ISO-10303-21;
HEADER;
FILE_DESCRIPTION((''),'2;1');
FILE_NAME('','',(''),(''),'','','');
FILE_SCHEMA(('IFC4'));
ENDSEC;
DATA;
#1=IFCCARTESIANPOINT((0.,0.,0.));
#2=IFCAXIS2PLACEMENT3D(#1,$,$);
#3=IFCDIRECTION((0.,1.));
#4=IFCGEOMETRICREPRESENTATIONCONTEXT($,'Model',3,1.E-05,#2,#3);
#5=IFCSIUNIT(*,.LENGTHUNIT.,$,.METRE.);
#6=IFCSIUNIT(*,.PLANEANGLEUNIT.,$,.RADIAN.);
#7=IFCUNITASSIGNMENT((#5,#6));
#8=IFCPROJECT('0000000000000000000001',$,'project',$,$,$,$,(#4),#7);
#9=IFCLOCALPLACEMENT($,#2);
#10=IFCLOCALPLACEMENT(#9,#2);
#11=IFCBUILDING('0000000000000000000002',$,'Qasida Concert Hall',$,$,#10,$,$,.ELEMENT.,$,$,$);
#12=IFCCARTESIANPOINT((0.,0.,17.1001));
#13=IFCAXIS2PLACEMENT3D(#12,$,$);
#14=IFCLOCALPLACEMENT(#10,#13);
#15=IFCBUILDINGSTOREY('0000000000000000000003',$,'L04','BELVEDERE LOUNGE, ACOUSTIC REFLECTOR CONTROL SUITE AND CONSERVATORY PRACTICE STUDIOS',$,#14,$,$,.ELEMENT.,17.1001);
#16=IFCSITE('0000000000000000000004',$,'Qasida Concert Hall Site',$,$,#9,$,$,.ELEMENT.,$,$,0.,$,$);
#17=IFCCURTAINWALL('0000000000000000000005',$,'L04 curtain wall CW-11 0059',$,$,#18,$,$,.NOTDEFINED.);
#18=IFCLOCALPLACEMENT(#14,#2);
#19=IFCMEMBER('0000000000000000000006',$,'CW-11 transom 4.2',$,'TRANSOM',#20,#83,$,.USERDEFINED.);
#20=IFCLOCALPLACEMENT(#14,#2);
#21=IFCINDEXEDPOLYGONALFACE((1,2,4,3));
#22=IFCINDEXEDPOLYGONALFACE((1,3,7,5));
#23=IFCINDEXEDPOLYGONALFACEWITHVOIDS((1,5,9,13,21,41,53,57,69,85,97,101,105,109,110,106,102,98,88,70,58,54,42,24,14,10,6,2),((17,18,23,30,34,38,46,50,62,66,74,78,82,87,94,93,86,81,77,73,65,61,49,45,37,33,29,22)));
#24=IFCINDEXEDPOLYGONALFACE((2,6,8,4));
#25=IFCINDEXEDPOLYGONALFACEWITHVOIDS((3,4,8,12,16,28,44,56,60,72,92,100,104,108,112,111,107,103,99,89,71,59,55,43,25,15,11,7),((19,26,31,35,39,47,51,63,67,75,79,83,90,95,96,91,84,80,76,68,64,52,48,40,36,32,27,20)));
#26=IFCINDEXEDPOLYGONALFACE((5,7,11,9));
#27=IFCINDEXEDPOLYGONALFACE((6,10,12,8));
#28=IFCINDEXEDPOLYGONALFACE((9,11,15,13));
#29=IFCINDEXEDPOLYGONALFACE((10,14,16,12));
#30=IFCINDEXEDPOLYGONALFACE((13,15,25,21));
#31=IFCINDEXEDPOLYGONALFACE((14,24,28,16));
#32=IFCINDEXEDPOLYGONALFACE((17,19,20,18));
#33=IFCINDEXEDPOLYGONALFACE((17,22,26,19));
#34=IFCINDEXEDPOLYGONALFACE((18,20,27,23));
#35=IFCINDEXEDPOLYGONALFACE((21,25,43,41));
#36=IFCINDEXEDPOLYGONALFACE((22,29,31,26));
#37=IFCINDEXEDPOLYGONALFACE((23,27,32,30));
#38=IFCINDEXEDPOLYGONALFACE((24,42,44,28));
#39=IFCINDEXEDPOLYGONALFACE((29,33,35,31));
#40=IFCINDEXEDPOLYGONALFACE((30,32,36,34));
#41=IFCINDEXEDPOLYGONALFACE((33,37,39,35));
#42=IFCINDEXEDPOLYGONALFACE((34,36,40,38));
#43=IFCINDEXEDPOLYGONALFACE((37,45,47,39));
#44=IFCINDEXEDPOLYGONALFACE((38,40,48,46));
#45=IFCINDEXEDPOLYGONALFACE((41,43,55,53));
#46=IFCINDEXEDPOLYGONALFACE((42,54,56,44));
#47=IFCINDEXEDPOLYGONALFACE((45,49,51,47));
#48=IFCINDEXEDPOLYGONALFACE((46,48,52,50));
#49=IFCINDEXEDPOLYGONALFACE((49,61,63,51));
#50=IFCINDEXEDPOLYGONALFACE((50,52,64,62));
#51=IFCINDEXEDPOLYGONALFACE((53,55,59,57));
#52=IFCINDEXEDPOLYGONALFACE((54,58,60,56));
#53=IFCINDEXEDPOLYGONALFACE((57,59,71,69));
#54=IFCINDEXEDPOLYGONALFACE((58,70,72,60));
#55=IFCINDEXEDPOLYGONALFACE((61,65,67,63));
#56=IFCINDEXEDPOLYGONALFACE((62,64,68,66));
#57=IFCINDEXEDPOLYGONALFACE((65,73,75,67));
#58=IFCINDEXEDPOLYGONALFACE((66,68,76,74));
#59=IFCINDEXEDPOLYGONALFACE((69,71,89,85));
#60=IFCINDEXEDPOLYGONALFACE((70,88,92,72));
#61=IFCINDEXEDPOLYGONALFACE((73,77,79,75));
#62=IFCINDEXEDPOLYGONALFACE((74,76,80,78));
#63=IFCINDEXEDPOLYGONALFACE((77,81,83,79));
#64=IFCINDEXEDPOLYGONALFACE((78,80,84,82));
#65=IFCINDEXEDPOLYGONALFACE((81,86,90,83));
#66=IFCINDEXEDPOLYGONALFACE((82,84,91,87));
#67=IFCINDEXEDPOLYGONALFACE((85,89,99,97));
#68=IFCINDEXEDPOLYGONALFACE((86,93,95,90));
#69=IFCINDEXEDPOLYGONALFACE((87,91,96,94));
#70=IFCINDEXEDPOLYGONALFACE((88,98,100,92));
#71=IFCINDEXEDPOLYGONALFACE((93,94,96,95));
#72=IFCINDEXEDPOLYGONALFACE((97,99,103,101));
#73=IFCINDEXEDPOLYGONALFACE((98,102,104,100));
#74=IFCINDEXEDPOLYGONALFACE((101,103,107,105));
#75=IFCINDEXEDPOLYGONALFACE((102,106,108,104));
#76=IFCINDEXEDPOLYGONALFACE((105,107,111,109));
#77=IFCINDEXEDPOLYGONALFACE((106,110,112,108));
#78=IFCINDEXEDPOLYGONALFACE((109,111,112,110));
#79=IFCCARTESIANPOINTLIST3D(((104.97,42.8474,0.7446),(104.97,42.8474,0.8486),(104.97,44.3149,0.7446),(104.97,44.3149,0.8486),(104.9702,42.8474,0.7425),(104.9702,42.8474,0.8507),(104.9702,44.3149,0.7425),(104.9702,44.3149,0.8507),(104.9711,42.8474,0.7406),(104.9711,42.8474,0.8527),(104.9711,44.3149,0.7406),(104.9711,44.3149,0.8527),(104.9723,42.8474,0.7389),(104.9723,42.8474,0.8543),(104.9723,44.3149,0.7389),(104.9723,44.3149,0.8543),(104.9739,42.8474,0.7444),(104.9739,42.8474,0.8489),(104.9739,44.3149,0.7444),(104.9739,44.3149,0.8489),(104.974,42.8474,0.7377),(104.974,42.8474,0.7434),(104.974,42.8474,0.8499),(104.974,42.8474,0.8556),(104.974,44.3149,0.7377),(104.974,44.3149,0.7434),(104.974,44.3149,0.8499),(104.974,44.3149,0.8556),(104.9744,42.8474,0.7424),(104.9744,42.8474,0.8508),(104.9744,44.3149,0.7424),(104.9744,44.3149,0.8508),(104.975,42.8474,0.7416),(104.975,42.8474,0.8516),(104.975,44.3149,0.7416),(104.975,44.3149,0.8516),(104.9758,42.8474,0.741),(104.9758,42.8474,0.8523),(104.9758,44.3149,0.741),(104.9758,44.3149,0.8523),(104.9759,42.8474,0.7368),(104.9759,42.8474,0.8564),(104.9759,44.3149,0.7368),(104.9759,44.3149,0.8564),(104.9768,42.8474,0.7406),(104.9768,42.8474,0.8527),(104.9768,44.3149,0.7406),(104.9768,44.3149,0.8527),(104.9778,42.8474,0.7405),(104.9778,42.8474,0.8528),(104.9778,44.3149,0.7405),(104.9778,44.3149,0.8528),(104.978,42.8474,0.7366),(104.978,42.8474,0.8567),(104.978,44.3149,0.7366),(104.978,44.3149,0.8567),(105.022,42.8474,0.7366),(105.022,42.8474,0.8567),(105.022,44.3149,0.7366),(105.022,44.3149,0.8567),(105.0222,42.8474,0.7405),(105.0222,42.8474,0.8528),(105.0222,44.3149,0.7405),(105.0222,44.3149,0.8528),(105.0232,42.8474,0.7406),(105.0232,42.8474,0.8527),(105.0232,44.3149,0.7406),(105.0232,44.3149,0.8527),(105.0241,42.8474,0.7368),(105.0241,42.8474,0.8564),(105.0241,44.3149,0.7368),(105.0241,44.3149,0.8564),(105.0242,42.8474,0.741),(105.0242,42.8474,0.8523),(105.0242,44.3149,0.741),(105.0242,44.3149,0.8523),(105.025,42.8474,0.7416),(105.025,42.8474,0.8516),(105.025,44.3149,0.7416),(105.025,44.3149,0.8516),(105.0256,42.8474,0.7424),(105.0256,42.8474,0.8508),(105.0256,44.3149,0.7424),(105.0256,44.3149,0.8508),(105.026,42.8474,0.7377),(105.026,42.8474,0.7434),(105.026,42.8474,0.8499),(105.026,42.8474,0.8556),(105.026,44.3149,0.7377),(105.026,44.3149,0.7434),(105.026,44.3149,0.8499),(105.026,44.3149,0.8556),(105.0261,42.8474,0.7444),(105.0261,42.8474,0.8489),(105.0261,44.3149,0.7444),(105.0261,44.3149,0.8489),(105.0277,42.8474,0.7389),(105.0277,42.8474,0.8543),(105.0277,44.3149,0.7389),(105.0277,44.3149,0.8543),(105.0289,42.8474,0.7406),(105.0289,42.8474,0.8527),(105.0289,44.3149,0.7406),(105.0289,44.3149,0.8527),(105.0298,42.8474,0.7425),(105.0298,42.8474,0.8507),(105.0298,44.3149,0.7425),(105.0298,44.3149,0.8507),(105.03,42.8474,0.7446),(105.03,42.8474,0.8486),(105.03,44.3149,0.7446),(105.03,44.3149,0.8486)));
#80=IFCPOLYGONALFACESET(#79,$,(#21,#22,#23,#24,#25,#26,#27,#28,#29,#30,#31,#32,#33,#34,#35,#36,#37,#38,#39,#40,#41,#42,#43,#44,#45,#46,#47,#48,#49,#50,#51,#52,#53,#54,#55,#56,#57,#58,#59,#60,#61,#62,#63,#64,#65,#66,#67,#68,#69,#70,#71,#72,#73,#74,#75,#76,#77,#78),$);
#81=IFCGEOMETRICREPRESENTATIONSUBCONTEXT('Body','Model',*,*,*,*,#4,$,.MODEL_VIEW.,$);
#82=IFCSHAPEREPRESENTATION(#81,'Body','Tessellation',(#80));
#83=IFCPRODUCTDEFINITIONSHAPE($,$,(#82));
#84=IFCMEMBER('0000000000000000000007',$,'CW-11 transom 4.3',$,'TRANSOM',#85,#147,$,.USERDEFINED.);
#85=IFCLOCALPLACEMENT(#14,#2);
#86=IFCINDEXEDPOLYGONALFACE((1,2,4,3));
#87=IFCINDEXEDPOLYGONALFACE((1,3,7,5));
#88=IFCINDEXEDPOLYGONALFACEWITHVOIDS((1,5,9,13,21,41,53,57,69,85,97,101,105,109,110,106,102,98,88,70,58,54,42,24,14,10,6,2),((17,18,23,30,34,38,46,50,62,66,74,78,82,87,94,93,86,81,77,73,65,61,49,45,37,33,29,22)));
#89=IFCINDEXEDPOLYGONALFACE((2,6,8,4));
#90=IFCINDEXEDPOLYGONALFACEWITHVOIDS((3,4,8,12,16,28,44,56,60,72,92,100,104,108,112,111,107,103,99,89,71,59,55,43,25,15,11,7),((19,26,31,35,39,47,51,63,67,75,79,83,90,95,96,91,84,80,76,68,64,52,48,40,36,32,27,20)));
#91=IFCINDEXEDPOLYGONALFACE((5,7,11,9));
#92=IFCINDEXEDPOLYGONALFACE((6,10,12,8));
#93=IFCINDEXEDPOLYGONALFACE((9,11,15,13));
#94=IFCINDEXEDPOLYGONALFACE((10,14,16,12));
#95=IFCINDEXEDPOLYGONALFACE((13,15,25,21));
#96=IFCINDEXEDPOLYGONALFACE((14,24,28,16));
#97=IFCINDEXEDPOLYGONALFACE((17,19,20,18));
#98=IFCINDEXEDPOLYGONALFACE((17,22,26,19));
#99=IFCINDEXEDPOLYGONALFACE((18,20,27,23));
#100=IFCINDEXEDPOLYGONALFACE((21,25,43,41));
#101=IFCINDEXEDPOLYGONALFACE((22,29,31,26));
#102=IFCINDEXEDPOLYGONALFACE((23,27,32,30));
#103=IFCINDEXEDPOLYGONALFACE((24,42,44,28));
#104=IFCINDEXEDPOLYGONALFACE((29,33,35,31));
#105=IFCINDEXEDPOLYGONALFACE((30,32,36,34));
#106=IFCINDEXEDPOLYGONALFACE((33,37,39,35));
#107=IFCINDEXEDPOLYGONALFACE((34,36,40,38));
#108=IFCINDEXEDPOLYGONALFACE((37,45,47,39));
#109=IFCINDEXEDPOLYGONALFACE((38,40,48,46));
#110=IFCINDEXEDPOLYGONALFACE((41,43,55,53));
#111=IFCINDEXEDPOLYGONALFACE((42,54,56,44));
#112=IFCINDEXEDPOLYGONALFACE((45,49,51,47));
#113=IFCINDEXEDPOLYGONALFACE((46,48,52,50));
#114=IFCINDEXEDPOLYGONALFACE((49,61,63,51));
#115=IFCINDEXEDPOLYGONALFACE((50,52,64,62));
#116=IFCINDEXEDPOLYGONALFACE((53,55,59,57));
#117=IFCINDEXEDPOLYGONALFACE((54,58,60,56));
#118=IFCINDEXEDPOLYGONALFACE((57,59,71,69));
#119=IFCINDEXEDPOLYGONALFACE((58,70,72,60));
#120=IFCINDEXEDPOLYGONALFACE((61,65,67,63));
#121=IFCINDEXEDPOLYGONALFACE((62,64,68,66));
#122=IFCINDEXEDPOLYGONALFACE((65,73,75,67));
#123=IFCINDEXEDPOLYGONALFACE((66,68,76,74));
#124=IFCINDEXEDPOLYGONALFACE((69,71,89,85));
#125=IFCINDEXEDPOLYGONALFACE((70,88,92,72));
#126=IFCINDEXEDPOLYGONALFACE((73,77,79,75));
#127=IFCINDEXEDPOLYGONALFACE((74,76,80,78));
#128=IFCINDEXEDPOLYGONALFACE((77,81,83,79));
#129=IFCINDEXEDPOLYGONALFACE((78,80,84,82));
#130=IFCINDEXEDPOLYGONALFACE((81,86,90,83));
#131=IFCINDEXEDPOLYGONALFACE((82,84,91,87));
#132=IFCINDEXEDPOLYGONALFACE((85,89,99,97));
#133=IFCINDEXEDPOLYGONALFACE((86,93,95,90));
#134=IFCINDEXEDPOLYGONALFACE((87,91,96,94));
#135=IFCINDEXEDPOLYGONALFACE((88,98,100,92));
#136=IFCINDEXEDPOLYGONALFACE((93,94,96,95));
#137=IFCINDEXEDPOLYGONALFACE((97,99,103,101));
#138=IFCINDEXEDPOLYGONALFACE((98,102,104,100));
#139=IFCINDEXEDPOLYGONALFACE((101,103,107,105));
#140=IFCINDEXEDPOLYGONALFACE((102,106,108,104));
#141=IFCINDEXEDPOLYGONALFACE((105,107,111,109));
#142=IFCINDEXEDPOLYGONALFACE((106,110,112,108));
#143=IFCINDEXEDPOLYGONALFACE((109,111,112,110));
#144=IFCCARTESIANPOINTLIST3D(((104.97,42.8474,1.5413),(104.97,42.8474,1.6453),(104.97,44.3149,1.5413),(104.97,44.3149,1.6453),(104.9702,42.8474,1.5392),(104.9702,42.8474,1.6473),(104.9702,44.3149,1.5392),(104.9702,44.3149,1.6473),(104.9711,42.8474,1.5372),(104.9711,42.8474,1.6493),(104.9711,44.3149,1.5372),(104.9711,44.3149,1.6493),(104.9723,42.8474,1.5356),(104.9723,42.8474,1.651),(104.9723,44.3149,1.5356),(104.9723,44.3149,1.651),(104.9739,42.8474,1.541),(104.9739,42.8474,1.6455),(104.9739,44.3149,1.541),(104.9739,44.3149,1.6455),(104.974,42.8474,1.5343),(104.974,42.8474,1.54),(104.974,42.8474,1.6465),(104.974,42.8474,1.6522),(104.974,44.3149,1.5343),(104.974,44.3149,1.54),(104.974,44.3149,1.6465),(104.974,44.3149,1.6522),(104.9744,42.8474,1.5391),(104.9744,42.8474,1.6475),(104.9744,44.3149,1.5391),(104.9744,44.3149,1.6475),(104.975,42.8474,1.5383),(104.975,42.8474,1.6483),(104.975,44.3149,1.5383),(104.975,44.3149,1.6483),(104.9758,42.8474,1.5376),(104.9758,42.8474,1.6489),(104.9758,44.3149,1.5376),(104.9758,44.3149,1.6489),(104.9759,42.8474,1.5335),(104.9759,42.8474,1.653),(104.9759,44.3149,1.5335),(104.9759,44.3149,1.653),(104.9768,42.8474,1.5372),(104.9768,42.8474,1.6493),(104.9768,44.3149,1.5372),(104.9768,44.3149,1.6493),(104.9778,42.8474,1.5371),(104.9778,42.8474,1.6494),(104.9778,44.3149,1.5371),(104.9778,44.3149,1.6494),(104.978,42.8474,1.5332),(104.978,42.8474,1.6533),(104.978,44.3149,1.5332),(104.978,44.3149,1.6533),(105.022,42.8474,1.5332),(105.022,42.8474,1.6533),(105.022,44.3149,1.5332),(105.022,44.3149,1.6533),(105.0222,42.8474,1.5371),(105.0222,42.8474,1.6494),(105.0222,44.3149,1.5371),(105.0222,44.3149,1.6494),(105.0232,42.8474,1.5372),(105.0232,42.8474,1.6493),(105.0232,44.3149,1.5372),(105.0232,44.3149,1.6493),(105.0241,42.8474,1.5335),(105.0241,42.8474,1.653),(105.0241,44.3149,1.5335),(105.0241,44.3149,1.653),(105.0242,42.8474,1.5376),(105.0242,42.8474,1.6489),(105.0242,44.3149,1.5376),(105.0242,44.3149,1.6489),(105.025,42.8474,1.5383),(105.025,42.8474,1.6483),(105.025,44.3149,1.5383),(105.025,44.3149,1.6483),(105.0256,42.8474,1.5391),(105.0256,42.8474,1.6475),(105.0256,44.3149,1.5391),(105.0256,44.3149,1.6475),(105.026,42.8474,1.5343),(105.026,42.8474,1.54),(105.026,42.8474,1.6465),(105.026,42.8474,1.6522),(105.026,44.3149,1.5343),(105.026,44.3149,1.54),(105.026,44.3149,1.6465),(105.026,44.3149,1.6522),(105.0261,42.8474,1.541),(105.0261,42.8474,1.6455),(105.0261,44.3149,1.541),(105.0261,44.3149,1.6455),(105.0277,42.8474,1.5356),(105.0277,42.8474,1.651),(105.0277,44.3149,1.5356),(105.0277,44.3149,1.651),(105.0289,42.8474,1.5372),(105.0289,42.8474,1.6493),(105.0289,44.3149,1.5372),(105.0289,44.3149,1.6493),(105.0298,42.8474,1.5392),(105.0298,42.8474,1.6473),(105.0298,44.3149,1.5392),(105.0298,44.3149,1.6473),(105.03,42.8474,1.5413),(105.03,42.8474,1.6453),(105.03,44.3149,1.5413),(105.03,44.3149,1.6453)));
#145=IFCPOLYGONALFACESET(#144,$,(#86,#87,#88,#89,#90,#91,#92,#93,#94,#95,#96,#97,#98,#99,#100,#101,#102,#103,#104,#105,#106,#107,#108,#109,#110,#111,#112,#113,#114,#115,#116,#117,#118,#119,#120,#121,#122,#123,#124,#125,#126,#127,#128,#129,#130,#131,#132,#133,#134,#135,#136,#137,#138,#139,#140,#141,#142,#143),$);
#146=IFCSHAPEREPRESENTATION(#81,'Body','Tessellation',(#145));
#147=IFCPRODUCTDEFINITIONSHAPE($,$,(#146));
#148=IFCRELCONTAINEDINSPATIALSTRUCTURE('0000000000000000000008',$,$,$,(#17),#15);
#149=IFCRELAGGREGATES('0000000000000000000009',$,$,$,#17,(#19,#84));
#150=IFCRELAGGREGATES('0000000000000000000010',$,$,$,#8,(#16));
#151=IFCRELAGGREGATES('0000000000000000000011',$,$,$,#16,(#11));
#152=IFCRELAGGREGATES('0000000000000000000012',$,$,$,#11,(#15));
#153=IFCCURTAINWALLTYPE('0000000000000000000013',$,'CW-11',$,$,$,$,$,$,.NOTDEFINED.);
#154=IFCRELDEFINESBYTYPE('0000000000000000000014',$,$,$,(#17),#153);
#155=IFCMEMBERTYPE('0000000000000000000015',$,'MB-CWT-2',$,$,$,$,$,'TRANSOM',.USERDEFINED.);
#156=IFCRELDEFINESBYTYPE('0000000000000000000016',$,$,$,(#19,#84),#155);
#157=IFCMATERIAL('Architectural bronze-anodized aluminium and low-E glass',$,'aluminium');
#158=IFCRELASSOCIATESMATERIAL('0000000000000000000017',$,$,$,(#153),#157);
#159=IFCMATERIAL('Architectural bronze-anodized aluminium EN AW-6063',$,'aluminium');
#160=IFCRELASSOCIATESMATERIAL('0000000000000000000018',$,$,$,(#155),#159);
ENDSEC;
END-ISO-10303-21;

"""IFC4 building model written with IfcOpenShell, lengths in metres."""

from ifc_helpers import new_model, si_unit, direction, frame, origin, origin_2d, place, context, subcontext, project, spatial, hollow_rectangle, extrude, material, material_profile, profile_set, type_object, element, aggregate, save


model = new_model("IFC4")

# Units and contexts
model_context = context("Model", 3, precision=1e-05, world=origin(), true_north=direction((0.0, 1.0)))
body_context = subcontext(model_context, "Body", "Model", "MODEL_VIEW")
ifc_project = project(units=[si_unit("LENGTHUNIT", "METRE"), si_unit("PLANEANGLEUNIT", "RADIAN")], contexts=[model_context])

# Site, building, storey
site_placement = place(None, origin())
site = spatial("IfcSite", under=ifc_project, at=site_placement, Name="Qasida Concert Hall Site", CompositionType="ELEMENT", RefElevation=0.0)
building_placement = place(site_placement, origin())
building = spatial("IfcBuilding", under=site, at=building_placement, Name="Qasida Concert Hall", CompositionType="ELEMENT")
storey_placement = place(building_placement, frame((0.0, 0.0, 17.1001)))
storey = spatial("IfcBuildingStorey", under=building, at=storey_placement, Name="L04", Description="BELVEDERE LOUNGE, ACOUSTIC REFLECTOR CONTROL SUITE AND CONSERVATORY PRACTICE STUDIOS", CompositionType="ELEMENT", Elevation=17.1001)

# Curtain wall, members
ifc_material_1 = material(Name="Architectural bronze-anodized aluminium and low-E glass", Category="aluminium")
curtain_wall_type = type_object("IfcCurtainWallType", Name="CW-11", PredefinedType="NOTDEFINED", material=ifc_material_1)
curtain_wall_placement = place(storey_placement, origin())
curtain_wall = element("IfcCurtainWall", 1, at=curtain_wall_placement, inside=storey, type_object=curtain_wall_type, Name="L04 curtain wall CW-11 0059", PredefinedType="NOTDEFINED")
ifc_material_2 = material(Name="Architectural bronze-anodized aluminium EN AW-6063", Category="aluminium")
ifc_material_profile_1 = material_profile(ifc_material_2, hollow_rectangle(XDim=0.0601, YDim=0.1201, WallThickness=0.0039, InnerFilletRadius=0.0039, OuterFilletRadius=0.0081, at=origin_2d()), Name="CWT 120x60x4")
ifc_profile_set_1 = profile_set([ifc_material_profile_1], Name="Architectural bronze-anodized aluminium EN AW-6063")
member_type_1 = type_object("IfcMemberType", Name="MB-CWT-2", ElementType="TRANSOM", PredefinedType="USERDEFINED", material=ifc_profile_set_1)
member_1_placement = place(storey_placement, frame((105.0, 42.8474, 0.7966), z_axis=(0.0, 1.0, 0.0), x_axis=(-1.0, 0.0, 0.0)))
member_1 = element("IfcMember", 2, at=member_1_placement, type_object=member_type_1, Name="CW-11 transom 4.2", ObjectType="TRANSOM", PredefinedType="USERDEFINED", context=body_context, shape_type="SweptSolid", body=[
    extrude(hollow_rectangle(XDim=0.0601, YDim=0.1201, WallThickness=0.0039, InnerFilletRadius=0.0039, OuterFilletRadius=0.0081, at=origin_2d()), origin(), (0.0, 0.0, 1.0), 1.4675),
])
member_2_placement = place(storey_placement, frame((105.0, 42.8474, 1.5933), z_axis=(0.0, 1.0, 0.0), x_axis=(-1.0, 0.0, 0.0)))
member_2 = element("IfcMember", 3, at=member_2_placement, type_object=member_type_1, Name="CW-11 transom 4.3", ObjectType="TRANSOM", PredefinedType="USERDEFINED", context=body_context, shape_type="SweptSolid", body=[
    extrude(hollow_rectangle(XDim=0.0601, YDim=0.1201, WallThickness=0.0039, InnerFilletRadius=0.0039, OuterFilletRadius=0.0081, at=origin_2d()), origin(), (0.0, 0.0, 1.0), 1.4675),
])
aggregate(curtain_wall, [member_1, member_2])

save(model, "model.ifc")
